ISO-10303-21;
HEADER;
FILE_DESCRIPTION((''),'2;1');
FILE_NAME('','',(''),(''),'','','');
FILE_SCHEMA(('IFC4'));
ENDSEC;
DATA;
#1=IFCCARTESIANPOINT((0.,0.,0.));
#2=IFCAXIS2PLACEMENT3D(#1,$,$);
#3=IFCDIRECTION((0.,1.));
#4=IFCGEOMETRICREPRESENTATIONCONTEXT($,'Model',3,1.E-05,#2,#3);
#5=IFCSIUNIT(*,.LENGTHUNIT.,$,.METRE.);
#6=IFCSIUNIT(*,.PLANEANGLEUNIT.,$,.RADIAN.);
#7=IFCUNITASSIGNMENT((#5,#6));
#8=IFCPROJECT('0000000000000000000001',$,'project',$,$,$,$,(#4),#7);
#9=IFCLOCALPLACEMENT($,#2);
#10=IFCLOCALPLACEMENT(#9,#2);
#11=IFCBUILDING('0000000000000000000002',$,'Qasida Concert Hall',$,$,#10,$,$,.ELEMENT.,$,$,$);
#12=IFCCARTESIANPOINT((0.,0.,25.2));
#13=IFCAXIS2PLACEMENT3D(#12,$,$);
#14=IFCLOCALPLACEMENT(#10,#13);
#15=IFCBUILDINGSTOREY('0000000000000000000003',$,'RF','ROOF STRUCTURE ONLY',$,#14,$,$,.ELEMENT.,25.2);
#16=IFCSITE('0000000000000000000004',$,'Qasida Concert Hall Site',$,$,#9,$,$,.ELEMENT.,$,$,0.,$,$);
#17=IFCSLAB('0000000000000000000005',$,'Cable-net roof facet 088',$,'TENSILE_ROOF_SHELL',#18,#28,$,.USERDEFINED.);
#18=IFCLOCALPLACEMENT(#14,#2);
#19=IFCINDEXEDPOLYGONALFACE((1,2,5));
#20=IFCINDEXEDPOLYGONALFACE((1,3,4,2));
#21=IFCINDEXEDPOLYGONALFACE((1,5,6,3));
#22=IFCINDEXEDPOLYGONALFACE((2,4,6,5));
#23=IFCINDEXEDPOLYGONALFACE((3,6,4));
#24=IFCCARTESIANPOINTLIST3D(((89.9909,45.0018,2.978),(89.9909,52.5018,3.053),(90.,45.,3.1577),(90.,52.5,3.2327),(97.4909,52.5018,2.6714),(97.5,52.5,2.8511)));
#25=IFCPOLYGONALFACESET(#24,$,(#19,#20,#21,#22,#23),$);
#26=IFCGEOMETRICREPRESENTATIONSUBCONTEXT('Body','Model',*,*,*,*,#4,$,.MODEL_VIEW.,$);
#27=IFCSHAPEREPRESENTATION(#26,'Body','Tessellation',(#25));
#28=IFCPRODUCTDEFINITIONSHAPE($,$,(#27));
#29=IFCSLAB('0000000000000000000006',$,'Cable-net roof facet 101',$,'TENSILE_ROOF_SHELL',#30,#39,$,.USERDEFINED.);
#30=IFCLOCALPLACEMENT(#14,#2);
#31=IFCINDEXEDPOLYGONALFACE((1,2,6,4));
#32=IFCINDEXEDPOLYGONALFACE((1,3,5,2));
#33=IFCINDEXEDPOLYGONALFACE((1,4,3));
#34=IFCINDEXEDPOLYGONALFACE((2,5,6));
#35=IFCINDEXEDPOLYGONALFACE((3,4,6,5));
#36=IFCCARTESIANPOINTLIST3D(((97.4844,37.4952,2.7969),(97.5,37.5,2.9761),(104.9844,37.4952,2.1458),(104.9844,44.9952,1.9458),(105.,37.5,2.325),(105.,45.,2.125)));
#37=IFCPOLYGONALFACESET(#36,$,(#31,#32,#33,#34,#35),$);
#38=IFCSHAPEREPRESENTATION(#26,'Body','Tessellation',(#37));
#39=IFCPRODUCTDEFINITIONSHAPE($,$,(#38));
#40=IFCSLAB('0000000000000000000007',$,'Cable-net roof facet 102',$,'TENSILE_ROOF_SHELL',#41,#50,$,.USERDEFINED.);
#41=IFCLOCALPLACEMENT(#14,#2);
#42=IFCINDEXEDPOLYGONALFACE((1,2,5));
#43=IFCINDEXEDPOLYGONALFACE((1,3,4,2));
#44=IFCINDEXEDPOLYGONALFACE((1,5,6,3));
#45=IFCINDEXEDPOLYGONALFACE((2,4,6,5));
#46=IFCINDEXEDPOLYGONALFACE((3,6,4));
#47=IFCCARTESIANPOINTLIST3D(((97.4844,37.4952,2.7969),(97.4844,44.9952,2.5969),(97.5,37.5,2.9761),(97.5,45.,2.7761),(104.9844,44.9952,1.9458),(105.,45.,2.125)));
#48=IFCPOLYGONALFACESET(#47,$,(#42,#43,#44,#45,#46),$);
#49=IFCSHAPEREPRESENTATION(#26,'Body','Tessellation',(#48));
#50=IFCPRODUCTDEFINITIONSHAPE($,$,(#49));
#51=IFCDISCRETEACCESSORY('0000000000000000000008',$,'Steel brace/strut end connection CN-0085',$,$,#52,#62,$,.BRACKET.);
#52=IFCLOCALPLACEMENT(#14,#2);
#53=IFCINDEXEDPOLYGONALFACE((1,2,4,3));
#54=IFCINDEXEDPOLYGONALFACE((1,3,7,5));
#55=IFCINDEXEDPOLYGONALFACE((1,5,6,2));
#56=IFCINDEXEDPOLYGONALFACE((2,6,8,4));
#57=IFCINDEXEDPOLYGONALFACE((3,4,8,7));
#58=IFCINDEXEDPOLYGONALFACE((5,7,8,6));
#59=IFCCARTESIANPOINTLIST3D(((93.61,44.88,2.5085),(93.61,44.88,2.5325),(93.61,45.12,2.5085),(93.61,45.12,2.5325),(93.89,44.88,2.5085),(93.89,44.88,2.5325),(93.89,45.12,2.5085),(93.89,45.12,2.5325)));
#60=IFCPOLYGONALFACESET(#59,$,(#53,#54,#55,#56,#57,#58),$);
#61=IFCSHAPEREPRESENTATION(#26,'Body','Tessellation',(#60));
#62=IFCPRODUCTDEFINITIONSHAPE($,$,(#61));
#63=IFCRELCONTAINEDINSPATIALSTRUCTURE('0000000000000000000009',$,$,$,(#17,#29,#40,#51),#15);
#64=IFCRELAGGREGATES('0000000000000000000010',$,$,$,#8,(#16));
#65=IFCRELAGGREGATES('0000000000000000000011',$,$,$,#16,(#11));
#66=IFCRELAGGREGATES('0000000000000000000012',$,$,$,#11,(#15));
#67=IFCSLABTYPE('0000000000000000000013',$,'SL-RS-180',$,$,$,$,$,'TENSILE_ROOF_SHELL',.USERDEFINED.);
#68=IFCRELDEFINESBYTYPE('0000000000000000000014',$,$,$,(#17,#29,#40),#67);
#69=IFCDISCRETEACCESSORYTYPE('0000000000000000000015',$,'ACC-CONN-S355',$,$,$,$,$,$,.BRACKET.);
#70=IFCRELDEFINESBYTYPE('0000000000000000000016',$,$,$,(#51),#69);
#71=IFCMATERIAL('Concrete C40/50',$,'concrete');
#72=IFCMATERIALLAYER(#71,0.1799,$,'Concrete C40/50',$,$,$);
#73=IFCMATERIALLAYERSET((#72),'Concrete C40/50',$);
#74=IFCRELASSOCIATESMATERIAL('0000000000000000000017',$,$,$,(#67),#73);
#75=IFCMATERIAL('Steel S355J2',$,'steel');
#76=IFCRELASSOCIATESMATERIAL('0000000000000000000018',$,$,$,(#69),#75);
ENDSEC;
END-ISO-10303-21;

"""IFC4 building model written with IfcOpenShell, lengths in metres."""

from ifc_helpers import new_model, si_unit, direction, frame, origin, origin_2d, place, context, subcontext, project, spatial, polyline, rectangle, outline, extrude, material, layer, layer_set, type_object, element, save


model = new_model("IFC4")

# Units and contexts
model_context = context("Model", 3, precision=1e-05, world=origin(), true_north=direction((0.0, 1.0)))
body_context = subcontext(model_context, "Body", "Model", "MODEL_VIEW")
ifc_project = project(units=[si_unit("LENGTHUNIT", "METRE"), si_unit("PLANEANGLEUNIT", "RADIAN")], contexts=[model_context])

# Site, building, storey
site_placement = place(None, origin())
site = spatial("IfcSite", under=ifc_project, at=site_placement, Name="Qasida Concert Hall Site", CompositionType="ELEMENT", RefElevation=0.0)
building_placement = place(site_placement, origin())
building = spatial("IfcBuilding", under=site, at=building_placement, Name="Qasida Concert Hall", CompositionType="ELEMENT")
storey_placement = place(building_placement, frame((0.0, 0.0, 25.2)))
storey = spatial("IfcBuildingStorey", under=building, at=storey_placement, Name="RF", Description="ROOF STRUCTURE ONLY", CompositionType="ELEMENT", Elevation=25.2)

# Shared definitions
ifc_material_1 = material(Name="Steel S355J2", Category="steel")

# Slabs
ifc_material_2 = material(Name="Concrete C40/50", Category="concrete")
ifc_layer_1 = layer(ifc_material_2, 0.1799, Name="Concrete C40/50")
ifc_layer_set_1 = layer_set([ifc_layer_1], Name="Concrete C40/50")
slab_type = type_object("IfcSlabType", Name="SL-RS-180", ElementType="TENSILE_ROOF_SHELL", PredefinedType="USERDEFINED", material=ifc_layer_set_1)
slab_1_placement = place(storey_placement, frame((90.0, 45.0, 3.1577), z_axis=(0.050811, -0.00998, 0.998658), x_axis=(0.706811, 0.706811, -0.028898)))
element("IfcSlab", 1, at=slab_1_placement, inside=storey, type_object=slab_type, Name="Cable-net roof facet 088", ObjectType="TENSILE_ROOF_SHELL", PredefinedType="USERDEFINED", context=body_context, shape_type="SweptSolid", body=[
    extrude(outline(polyline([(0.0, 0.0), (10.611, 0.0), (5.2989, 5.3082), (0.0, 0.0)])), origin(), (0.0, 0.0, -1.0), 0.1799),
])
slab_2_placement = place(storey_placement, frame((97.5, 37.5, 2.9761), z_axis=(0.086461, 0.026551, 0.995901), x_axis=(0.996253, 0.0, -0.086491)))
element("IfcSlab", 2, at=slab_2_placement, inside=storey, type_object=slab_type, Name="Cable-net roof facet 101", ObjectType="TENSILE_ROOF_SHELL", PredefinedType="USERDEFINED", context=body_context, shape_type="SweptSolid", body=[
    extrude(outline(polyline([(0.0, 0.0), (7.5282, 0.0), (7.5455, 7.5026), (0.0, 0.0)])), origin(), (0.0, 0.0, -1.0), 0.1799),
])
slab_3_placement = place(storey_placement, frame((97.5, 37.5, 2.9761), z_axis=(0.086461, 0.026551, 0.995901), x_axis=(0.704841, 0.704841, -0.079983)))
element("IfcSlab", 3, at=slab_3_placement, inside=storey, type_object=slab_type, Name="Cable-net roof facet 102", ObjectType="TENSILE_ROOF_SHELL", PredefinedType="USERDEFINED", context=body_context, shape_type="SweptSolid", body=[
    extrude(outline(polyline([(0.0, 0.0), (10.6407, 0.0), (5.3023, 5.3081), (0.0, 0.0)])), origin(), (0.0, 0.0, -1.0), 0.1799),
])

# Discrete accessory
discrete_accessory_type = type_object("IfcDiscreteAccessoryType", Name="ACC-CONN-S355", PredefinedType="BRACKET", material=ifc_material_1)
discrete_accessory_placement = place(storey_placement, frame((93.75, 45.0, 2.5085), z_axis=(0.0, 0.0, 1.0), x_axis=(1.0, 0.0, 0.0)))
element("IfcDiscreteAccessory", 4, at=discrete_accessory_placement, inside=storey, type_object=discrete_accessory_type, Name="Steel brace/strut end connection CN-0085", PredefinedType="BRACKET", context=body_context, shape_type="SweptSolid", body=[
    extrude(rectangle(XDim=0.28, YDim=0.24, at=origin_2d()), origin(), (0.0, 0.0, 1.0), 0.0239),
])

save(model, "model.ifc")
